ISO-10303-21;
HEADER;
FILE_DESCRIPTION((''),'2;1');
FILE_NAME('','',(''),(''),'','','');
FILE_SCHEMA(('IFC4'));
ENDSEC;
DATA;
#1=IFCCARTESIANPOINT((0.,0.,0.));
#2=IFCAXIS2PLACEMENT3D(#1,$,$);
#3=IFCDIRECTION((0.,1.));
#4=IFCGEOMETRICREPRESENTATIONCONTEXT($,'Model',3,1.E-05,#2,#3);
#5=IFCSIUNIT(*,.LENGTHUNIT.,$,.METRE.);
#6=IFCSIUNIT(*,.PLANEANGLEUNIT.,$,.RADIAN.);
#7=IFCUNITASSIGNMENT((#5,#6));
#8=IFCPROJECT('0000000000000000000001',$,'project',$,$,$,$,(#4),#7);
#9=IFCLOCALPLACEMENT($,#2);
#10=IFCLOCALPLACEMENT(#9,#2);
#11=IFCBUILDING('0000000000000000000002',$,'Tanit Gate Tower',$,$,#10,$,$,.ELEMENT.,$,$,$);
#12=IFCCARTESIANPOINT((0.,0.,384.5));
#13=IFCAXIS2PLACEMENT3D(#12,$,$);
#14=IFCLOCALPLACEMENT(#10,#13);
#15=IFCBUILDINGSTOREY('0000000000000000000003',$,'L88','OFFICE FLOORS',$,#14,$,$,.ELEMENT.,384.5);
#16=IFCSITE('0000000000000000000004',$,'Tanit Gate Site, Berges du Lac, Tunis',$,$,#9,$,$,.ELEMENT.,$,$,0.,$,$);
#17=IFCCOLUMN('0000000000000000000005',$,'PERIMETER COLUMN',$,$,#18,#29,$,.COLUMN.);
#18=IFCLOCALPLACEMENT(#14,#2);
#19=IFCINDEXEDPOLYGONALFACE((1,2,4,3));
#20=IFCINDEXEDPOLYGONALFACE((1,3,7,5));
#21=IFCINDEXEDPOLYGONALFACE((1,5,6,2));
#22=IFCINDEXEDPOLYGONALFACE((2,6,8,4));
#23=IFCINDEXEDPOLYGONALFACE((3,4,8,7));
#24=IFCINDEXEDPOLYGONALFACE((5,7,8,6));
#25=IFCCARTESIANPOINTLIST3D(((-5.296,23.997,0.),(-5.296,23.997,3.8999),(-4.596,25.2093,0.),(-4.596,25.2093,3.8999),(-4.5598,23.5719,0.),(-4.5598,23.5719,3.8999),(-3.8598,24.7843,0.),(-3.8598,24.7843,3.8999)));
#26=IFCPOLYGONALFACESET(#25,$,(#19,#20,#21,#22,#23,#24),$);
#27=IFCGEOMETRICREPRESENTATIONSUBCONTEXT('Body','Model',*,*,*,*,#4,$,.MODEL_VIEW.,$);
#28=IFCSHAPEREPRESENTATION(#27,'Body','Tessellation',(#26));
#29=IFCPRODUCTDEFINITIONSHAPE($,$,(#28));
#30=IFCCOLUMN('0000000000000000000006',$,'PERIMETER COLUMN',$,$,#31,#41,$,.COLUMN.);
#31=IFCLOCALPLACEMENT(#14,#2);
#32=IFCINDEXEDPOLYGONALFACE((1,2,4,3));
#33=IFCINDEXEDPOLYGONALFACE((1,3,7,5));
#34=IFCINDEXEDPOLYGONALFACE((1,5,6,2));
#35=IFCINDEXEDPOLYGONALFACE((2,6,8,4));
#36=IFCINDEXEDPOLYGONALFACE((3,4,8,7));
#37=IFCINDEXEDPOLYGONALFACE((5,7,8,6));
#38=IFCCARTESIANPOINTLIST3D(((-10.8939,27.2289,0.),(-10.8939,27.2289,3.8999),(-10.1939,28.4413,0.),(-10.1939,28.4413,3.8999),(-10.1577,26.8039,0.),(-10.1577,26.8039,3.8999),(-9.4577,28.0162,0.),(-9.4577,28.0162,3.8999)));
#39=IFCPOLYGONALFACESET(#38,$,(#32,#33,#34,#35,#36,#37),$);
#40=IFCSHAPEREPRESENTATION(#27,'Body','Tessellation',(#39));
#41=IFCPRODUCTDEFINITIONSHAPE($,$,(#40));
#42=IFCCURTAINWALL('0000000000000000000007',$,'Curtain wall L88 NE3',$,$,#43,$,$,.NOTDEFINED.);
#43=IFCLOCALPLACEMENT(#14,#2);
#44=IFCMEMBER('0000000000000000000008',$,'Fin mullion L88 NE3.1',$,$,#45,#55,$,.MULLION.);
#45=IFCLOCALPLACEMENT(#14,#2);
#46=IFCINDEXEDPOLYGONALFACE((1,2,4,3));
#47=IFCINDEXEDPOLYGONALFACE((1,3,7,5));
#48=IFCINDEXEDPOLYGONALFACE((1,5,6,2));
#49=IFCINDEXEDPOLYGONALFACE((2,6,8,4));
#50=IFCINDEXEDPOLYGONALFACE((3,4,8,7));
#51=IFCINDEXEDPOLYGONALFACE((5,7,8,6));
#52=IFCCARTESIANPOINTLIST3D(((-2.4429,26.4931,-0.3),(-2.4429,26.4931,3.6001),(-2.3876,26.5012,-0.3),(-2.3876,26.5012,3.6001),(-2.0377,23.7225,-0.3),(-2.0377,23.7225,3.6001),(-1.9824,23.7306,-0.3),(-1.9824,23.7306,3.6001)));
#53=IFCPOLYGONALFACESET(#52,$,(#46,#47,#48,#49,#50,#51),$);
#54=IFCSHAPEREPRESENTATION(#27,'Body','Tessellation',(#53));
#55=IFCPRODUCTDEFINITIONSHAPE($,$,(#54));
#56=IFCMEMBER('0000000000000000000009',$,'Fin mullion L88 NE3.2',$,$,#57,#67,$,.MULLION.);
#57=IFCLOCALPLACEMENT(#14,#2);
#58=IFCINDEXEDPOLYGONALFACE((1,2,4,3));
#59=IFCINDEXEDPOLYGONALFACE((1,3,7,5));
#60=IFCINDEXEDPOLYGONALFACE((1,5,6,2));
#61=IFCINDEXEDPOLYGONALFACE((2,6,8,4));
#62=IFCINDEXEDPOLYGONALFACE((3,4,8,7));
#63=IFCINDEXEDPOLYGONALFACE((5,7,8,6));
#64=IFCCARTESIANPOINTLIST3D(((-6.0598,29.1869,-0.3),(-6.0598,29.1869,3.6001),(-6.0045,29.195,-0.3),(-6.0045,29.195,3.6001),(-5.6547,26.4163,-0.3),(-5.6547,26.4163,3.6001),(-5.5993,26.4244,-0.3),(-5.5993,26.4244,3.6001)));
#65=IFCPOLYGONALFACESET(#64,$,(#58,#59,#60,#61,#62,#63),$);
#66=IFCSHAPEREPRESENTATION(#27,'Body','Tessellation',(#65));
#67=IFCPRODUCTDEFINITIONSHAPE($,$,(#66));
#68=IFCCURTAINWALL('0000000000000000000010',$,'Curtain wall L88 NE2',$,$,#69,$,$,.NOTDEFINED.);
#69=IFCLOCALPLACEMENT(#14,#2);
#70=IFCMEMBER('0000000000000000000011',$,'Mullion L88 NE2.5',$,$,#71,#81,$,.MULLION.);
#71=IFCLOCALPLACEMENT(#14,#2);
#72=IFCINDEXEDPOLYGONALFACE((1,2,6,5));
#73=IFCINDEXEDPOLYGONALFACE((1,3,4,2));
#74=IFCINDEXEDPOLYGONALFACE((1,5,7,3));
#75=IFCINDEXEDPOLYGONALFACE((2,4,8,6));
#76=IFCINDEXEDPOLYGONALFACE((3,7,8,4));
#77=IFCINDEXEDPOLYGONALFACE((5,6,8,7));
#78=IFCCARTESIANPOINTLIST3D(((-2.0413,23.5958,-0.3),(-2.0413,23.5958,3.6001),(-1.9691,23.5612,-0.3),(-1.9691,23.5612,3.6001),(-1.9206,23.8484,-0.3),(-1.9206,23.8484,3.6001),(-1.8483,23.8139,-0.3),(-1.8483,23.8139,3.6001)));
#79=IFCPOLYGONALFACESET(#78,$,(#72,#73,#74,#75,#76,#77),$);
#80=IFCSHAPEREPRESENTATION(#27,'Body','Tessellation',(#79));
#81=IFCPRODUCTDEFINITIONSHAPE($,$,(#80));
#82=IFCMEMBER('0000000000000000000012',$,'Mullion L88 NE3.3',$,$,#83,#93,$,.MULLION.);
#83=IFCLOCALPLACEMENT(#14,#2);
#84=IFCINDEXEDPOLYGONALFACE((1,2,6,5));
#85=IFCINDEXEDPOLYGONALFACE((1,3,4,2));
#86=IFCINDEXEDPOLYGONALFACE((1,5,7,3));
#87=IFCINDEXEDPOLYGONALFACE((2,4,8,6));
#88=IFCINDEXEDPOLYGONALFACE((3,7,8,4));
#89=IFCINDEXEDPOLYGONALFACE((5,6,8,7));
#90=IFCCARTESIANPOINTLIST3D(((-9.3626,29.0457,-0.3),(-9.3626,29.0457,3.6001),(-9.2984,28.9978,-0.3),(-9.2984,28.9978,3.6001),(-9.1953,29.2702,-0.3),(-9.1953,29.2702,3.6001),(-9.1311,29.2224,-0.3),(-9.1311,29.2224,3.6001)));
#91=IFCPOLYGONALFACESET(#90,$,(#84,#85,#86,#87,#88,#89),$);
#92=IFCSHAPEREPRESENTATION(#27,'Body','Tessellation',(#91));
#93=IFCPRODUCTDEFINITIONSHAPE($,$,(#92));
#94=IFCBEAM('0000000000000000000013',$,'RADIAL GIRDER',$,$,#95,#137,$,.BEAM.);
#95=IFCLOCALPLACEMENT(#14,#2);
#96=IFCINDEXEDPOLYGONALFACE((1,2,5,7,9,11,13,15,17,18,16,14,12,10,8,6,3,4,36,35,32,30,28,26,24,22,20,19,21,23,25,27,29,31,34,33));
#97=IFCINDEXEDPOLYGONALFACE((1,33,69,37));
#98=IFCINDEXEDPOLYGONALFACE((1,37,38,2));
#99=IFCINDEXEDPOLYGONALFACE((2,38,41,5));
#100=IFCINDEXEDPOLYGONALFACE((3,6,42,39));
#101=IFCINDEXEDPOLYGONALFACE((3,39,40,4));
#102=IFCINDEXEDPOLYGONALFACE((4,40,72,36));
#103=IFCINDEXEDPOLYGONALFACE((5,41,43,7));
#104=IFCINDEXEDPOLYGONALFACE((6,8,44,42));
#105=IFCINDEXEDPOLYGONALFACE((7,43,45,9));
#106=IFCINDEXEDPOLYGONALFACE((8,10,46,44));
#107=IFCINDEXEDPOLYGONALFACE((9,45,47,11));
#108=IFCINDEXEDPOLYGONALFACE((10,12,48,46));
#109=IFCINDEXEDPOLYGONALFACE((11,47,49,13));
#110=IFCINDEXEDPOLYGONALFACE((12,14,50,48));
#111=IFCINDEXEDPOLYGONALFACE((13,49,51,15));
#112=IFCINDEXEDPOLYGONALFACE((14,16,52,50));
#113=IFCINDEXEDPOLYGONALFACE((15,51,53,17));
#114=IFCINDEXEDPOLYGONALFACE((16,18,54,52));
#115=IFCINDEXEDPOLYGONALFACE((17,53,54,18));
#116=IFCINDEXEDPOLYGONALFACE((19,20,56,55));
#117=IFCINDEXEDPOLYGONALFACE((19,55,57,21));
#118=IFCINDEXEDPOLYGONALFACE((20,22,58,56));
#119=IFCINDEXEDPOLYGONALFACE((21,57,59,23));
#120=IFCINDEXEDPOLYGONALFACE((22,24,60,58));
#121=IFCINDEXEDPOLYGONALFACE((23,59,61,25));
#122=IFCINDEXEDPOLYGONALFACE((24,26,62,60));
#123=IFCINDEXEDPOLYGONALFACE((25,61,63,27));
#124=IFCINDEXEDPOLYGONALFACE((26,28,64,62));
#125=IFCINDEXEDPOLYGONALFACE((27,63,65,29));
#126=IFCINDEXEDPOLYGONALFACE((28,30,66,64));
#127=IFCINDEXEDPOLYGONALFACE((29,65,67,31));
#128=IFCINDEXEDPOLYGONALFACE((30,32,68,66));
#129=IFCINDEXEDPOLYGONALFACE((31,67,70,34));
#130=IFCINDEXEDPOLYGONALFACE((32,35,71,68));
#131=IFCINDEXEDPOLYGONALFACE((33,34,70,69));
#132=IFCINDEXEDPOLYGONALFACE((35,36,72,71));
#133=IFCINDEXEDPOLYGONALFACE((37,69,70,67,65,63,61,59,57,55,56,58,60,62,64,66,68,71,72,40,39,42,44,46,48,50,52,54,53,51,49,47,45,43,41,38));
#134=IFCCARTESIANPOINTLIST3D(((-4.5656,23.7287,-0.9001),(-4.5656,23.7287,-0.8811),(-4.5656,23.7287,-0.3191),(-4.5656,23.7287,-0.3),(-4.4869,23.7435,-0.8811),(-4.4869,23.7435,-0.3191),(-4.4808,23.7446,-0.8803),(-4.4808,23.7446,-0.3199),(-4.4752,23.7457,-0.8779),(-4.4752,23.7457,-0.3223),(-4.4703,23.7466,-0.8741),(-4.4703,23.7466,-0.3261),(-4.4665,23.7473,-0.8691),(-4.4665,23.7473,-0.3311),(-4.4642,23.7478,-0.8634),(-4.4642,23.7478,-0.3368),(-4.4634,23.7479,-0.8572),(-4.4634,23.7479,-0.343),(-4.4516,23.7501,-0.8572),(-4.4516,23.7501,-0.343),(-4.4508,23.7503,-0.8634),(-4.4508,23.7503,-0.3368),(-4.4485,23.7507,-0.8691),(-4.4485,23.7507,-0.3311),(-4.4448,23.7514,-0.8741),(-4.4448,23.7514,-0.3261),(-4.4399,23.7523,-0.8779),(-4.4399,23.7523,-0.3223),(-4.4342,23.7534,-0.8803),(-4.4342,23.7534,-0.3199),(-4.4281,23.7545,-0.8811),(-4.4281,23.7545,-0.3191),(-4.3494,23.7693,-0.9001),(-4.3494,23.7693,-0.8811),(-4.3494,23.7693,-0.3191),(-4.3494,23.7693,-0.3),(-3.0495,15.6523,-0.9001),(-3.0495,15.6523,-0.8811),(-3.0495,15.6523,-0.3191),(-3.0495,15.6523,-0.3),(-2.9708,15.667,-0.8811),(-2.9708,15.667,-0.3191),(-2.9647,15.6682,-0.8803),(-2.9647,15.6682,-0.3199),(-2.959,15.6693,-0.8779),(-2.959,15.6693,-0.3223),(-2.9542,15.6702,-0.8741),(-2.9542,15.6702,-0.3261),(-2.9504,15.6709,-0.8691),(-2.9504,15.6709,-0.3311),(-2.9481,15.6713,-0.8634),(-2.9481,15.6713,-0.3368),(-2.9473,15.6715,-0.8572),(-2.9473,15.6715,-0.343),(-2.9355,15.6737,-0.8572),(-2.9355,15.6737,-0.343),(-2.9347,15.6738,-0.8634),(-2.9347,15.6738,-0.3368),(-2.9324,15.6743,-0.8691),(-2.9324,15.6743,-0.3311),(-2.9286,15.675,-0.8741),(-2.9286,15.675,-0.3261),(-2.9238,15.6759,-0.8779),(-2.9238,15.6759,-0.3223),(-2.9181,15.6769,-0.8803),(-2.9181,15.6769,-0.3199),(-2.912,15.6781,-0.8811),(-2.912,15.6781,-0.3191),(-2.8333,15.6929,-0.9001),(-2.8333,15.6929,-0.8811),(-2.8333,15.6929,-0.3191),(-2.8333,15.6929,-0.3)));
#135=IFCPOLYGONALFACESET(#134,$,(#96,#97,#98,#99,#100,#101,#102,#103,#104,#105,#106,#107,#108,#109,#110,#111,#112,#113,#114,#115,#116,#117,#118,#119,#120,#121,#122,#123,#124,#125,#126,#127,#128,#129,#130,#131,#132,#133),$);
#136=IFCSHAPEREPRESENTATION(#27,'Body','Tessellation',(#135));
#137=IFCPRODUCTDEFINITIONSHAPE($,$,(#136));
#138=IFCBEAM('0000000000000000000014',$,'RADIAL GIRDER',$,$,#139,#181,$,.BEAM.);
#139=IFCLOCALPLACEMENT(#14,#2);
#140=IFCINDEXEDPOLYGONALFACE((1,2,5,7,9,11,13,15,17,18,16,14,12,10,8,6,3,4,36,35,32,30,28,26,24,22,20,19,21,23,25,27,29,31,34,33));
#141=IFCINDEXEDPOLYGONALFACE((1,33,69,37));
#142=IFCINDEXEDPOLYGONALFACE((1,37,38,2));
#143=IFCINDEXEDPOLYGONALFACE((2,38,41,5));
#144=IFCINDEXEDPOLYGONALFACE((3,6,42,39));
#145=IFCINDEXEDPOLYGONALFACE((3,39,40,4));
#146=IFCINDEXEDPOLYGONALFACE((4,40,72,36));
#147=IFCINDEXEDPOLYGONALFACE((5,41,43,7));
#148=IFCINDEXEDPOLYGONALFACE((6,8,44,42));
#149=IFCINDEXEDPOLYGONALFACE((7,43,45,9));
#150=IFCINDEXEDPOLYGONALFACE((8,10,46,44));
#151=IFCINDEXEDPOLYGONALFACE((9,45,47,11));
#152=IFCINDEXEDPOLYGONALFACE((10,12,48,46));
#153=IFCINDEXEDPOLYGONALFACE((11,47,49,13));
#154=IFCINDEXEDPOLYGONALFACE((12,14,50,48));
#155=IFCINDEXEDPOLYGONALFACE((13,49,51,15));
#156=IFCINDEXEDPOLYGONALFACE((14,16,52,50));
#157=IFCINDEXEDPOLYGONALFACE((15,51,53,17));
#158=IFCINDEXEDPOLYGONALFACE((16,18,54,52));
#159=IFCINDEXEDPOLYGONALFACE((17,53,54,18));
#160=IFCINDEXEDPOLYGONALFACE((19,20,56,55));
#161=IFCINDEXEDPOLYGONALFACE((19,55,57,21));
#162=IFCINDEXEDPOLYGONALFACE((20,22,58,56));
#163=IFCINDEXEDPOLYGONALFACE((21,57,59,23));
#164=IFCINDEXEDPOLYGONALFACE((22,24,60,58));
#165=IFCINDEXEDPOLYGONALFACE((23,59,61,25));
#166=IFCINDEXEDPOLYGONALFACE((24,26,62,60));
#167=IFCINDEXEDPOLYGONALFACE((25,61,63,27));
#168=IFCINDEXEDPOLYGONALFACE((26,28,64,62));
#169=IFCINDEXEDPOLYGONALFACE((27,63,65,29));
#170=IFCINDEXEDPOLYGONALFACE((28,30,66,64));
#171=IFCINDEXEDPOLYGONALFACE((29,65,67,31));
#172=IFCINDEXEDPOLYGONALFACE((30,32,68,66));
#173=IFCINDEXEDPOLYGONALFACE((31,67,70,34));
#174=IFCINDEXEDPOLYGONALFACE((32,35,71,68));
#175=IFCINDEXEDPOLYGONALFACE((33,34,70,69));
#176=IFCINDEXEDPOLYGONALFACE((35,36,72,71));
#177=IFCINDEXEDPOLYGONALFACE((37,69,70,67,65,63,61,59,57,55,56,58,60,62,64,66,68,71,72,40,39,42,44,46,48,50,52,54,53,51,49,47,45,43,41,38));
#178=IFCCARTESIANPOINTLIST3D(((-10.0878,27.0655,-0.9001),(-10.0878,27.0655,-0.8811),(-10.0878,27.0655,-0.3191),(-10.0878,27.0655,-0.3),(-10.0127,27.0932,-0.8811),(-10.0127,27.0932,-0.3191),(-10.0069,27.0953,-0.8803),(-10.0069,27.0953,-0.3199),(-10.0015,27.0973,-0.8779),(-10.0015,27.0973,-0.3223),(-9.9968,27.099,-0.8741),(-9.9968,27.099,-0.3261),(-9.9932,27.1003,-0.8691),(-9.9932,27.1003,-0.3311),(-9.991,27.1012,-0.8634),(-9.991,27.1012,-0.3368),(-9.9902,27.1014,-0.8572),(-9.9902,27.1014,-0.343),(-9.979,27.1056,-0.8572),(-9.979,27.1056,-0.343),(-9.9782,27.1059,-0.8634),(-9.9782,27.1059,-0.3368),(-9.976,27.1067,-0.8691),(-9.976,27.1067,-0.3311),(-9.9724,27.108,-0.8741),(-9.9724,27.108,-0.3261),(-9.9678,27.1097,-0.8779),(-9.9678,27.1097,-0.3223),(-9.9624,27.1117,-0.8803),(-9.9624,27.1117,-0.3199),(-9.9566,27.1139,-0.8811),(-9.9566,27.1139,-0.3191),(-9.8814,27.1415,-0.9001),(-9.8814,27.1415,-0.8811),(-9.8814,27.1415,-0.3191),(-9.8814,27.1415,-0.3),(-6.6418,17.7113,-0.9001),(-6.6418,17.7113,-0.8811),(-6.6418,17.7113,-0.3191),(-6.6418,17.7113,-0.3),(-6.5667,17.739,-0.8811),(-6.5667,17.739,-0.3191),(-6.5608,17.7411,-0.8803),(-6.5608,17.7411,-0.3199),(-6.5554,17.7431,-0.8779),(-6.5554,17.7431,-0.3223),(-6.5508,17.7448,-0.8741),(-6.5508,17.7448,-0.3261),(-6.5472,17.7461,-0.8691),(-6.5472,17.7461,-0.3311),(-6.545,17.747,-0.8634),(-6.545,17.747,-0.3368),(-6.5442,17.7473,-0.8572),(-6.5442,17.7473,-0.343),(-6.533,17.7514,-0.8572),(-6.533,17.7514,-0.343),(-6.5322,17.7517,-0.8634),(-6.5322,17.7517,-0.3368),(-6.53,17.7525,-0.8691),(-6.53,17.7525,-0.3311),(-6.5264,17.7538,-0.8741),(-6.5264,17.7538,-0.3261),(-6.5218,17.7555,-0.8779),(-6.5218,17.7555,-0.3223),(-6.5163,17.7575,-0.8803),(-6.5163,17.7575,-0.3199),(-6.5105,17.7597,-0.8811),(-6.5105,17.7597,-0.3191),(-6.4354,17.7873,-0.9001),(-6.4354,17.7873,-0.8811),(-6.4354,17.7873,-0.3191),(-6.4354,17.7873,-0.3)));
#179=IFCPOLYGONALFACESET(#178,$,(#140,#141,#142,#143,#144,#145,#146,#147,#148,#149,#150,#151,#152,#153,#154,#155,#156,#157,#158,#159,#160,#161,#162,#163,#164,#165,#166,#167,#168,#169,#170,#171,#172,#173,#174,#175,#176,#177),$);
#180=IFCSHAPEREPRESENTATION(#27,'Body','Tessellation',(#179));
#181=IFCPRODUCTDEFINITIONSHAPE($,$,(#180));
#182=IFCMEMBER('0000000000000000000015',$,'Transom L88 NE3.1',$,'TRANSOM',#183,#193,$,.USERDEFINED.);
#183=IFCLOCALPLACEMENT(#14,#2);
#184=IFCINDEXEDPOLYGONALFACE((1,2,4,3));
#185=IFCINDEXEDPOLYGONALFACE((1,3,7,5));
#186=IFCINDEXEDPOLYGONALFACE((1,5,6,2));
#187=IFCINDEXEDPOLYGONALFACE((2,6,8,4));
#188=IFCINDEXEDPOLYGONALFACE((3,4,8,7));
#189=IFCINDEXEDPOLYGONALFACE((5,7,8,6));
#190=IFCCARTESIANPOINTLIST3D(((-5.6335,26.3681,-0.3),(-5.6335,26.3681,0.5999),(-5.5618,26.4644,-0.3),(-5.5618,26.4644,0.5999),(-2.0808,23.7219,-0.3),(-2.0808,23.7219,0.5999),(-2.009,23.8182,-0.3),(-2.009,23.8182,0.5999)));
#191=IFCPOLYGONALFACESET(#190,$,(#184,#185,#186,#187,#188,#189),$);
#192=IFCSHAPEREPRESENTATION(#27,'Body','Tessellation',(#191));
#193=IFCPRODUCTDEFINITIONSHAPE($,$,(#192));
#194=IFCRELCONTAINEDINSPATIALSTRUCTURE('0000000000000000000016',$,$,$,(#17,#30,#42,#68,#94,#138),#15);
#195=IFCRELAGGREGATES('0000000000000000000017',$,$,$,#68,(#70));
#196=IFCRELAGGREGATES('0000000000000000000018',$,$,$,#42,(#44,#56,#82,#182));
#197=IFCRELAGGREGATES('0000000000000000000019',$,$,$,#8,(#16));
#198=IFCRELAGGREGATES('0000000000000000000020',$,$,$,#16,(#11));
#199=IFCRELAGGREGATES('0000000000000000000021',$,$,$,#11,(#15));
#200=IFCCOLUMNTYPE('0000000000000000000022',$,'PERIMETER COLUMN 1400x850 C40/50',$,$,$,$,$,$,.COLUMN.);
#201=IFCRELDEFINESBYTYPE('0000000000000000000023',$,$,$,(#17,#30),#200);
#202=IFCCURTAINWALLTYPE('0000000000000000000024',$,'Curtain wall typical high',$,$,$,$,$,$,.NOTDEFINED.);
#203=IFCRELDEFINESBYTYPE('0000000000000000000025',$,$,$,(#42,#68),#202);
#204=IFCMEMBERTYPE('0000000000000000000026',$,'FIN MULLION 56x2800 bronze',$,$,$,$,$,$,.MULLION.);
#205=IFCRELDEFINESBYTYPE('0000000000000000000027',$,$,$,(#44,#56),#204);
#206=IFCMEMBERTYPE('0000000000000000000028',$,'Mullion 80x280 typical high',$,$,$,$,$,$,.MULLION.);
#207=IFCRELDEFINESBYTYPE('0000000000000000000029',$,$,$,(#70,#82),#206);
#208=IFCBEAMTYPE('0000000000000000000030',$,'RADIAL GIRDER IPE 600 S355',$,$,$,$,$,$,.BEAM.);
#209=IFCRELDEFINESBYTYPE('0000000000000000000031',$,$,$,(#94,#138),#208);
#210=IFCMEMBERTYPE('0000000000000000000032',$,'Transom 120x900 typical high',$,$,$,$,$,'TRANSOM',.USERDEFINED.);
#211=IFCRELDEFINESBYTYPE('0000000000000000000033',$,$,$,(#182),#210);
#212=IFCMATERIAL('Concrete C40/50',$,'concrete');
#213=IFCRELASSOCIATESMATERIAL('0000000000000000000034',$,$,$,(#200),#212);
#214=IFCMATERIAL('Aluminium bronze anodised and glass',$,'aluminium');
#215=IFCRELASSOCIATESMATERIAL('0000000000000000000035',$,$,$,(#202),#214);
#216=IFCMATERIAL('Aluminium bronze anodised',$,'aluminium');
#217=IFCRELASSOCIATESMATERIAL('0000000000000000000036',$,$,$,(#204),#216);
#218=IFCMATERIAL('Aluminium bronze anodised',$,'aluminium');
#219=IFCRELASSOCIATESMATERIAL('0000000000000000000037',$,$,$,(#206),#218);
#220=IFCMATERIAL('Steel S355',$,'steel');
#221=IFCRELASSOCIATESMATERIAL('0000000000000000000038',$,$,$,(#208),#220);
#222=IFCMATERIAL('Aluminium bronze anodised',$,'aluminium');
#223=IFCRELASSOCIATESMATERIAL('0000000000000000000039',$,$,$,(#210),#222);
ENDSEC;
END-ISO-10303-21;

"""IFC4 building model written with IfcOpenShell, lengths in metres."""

from ifc_helpers import new_model, si_unit, direction, frame, origin, origin_2d, place, context, subcontext, project, spatial, rectangle, i_section, extrude, material, material_profile, profile_set, type_object, element, aggregate, save


model = new_model("IFC4")

# Units and contexts
model_context = context("Model", 3, precision=1e-05, world=origin(), true_north=direction((0.0, 1.0)))
body_context = subcontext(model_context, "Body", "Model", "MODEL_VIEW")
ifc_project = project(units=[si_unit("LENGTHUNIT", "METRE"), si_unit("PLANEANGLEUNIT", "RADIAN")], contexts=[model_context])

# Site, building, storey
site_placement = place(None, origin())
site = spatial("IfcSite", under=ifc_project, at=site_placement, Name="Tanit Gate Site, Berges du Lac, Tunis", CompositionType="ELEMENT", RefElevation=0.0)
building_placement = place(site_placement, origin())
building = spatial("IfcBuilding", under=site, at=building_placement, Name="Tanit Gate Tower", CompositionType="ELEMENT")
storey_placement = place(building_placement, frame((0.0, 0.0, 384.5)))
storey = spatial("IfcBuildingStorey", under=building, at=storey_placement, Name="L88", Description="OFFICE FLOORS", CompositionType="ELEMENT", Elevation=384.5)

# Columns
ifc_material_1 = material(Name="Concrete C40/50", Category="concrete")
ifc_material_profile_1 = material_profile(ifc_material_1, rectangle(XDim=1.3999, YDim=0.8501, at=origin_2d()), Name="RC 1400x850")
ifc_profile_set_1 = profile_set([ifc_material_profile_1], Name="Concrete C40/50")
column_type = type_object("IfcColumnType", Name="PERIMETER COLUMN 1400x850 C40/50", PredefinedType="COLUMN", material=ifc_profile_set_1)
for number, where, z_axis, x_axis, name in (
    (1, (-4.5779, 24.3906, 0.0), (0.0, 0.0, 1.0), (0.5, 0.866025, 0.0), "PERIMETER COLUMN"),
    (2, (-10.1758, 27.6226, 0.0), (0.0, 0.0, 1.0), (0.5, 0.866025, 0.0), "PERIMETER COLUMN"),
):
    element("IfcColumn", number, at=place(storey_placement, frame(where, z_axis=z_axis, x_axis=x_axis)), inside=storey, type_object=column_type, Name=name, PredefinedType="COLUMN", context=body_context, shape_type="SweptSolid", body=[
        extrude(rectangle(XDim=1.3999, YDim=0.8501, at=origin_2d()), origin(), (0.0, 0.0, 1.0), 3.8999),
    ])

# Curtain wall, members
ifc_material_2 = material(Name="Aluminium bronze anodised and glass", Category="aluminium")
curtain_wall_type = type_object("IfcCurtainWallType", Name="Curtain wall typical high", PredefinedType="NOTDEFINED", material=ifc_material_2)
curtain_wall_1_placement = place(storey_placement, origin())
curtain_wall_1 = element("IfcCurtainWall", 3, at=curtain_wall_1_placement, inside=storey, type_object=curtain_wall_type, Name="Curtain wall L88 NE3", PredefinedType="NOTDEFINED")
ifc_material_3 = material(Name="Aluminium bronze anodised", Category="aluminium")
ifc_material_profile_2 = material_profile(ifc_material_3, rectangle(XDim=2.8, YDim=0.0559, at=origin_2d()), Name="56x2800 bronze fin mullion")
ifc_profile_set_2 = profile_set([ifc_material_profile_2], Name="Aluminium bronze anodised")
member_type_1 = type_object("IfcMemberType", Name="FIN MULLION 56x2800 bronze", PredefinedType="MULLION", material=ifc_profile_set_2)
member_1_placement = place(storey_placement, frame((-2.2126, 25.1118, -0.3), z_axis=(0.0, 0.0, 1.0), x_axis=(0.144707, -0.989474, 0.0)))
member_1 = element("IfcMember", 4, at=member_1_placement, type_object=member_type_1, Name="Fin mullion L88 NE3.1", PredefinedType="MULLION", context=body_context, shape_type="SweptSolid", body=[
    extrude(rectangle(XDim=2.8, YDim=0.0559, at=origin_2d()), origin(), (0.0, 0.0, 1.0), 3.9001),
])
member_2_placement = place(storey_placement, frame((-5.8296, 27.8057, -0.3), z_axis=(0.0, 0.0, 1.0), x_axis=(0.144707, -0.989474, 0.0)))
member_2 = element("IfcMember", 5, at=member_2_placement, type_object=member_type_1, Name="Fin mullion L88 NE3.2", PredefinedType="MULLION", context=body_context, shape_type="SweptSolid", body=[
    extrude(rectangle(XDim=2.8, YDim=0.0559, at=origin_2d()), origin(), (0.0, 0.0, 1.0), 3.9001),
])

# Curtain wall, member
curtain_wall_2_placement = place(storey_placement, origin())
curtain_wall_2 = element("IfcCurtainWall", 6, at=curtain_wall_2_placement, inside=storey, type_object=curtain_wall_type, Name="Curtain wall L88 NE2", PredefinedType="NOTDEFINED")
ifc_material_4 = material(Name="Aluminium bronze anodised", Category="aluminium")
ifc_material_profile_3 = material_profile(ifc_material_4, rectangle(XDim=0.28, YDim=0.0801, at=origin_2d()), Name="80x280 bronze mullion")
ifc_profile_set_3 = profile_set([ifc_material_profile_3], Name="Aluminium bronze anodised")
member_type_2 = type_object("IfcMemberType", Name="Mullion 80x280 typical high", PredefinedType="MULLION", material=ifc_profile_set_3)
member_3_placement = place(storey_placement, frame((-1.9448, 23.7048, -0.3), z_axis=(0.0, 0.0, 1.0), x_axis=(-0.431073, -0.902317, 0.0)))
member_3 = element("IfcMember", 7, at=member_3_placement, type_object=member_type_2, Name="Mullion L88 NE2.5", PredefinedType="MULLION", context=body_context, shape_type="SweptSolid", body=[
    extrude(rectangle(XDim=0.28, YDim=0.0801, at=origin_2d()), origin(), (0.0, 0.0, 1.0), 3.9001),
])
aggregate(curtain_wall_2, [member_3])

# Member
member_4_placement = place(storey_placement, frame((-9.2468, 29.134, -0.3), z_axis=(0.0, 0.0, 1.0), x_axis=(-0.597341, -0.801988, 0.0)))
member_4 = element("IfcMember", 8, at=member_4_placement, type_object=member_type_2, Name="Mullion L88 NE3.3", PredefinedType="MULLION", context=body_context, shape_type="SweptSolid", body=[
    extrude(rectangle(XDim=0.28, YDim=0.0801, at=origin_2d()), origin(), (0.0, 0.0, 1.0), 3.9001),
])

# Beams
ifc_material_5 = material(Name="Steel S355", Category="steel")
ifc_material_profile_4 = material_profile(ifc_material_5, i_section(OverallWidth=0.22, OverallDepth=0.6001, WebThickness=0.012, FlangeThickness=0.019, FilletRadius=0.0239, at=origin_2d()), Name="IPE 600")
ifc_profile_set_4 = profile_set([ifc_material_profile_4], Name="Steel S355")
beam_type = type_object("IfcBeamType", Name="RADIAL GIRDER IPE 600 S355", PredefinedType="BEAM", material=ifc_profile_set_4)
beam_1_placement = place(storey_placement, frame((-4.4575, 23.749, -0.6001), z_axis=(0.184498, -0.982833, 0.0), x_axis=(0.982833, 0.184498, 0.0)))
element("IfcBeam", 9, at=beam_1_placement, inside=storey, type_object=beam_type, Name="RADIAL GIRDER", PredefinedType="BEAM", context=body_context, shape_type="SweptSolid", body=[
    extrude(i_section(OverallWidth=0.22, OverallDepth=0.6001, WebThickness=0.012, FlangeThickness=0.019, FilletRadius=0.0239, at=origin_2d()), origin(), (0.0, 0.0, 1.0), 8.2175),
])
beam_2_placement = place(storey_placement, frame((-9.9846, 27.1035, -0.6001), z_axis=(0.345683, -0.938351, 0.0), x_axis=(0.938351, 0.345683, 0.0)))
element("IfcBeam", 10, at=beam_2_placement, inside=storey, type_object=beam_type, Name="RADIAL GIRDER", PredefinedType="BEAM", context=body_context, shape_type="SweptSolid", body=[
    extrude(i_section(OverallWidth=0.22, OverallDepth=0.6001, WebThickness=0.012, FlangeThickness=0.019, FilletRadius=0.0239, at=origin_2d()), origin(), (0.0, 0.0, 1.0), 9.9688),
])

# Member
ifc_material_6 = material(Name="Aluminium bronze anodised", Category="aluminium")
ifc_material_profile_5 = material_profile(ifc_material_6, rectangle(XDim=0.1201, YDim=0.8999, at=origin_2d()), Name="120x900 bronze transom")
ifc_profile_set_5 = profile_set([ifc_material_profile_5], Name="Aluminium bronze anodised")
member_type_3 = type_object("IfcMemberType", Name="Transom 120x900 typical high", ElementType="TRANSOM", PredefinedType="USERDEFINED", material=ifc_profile_set_5)
member_5_placement = place(storey_placement, frame((-2.0449, 23.77, 0.1499), z_axis=(-0.80198, 0.597351, 0.0), x_axis=(-0.597351, -0.80198, 0.0)))
member_5 = element("IfcMember", 11, at=member_5_placement, type_object=member_type_3, Name="Transom L88 NE3.1", ObjectType="TRANSOM", PredefinedType="USERDEFINED", context=body_context, shape_type="SweptSolid", body=[
    extrude(rectangle(XDim=0.1201, YDim=0.8999, at=origin_2d()), origin(), (0.0, 0.0, 1.0), 4.4299),
])

aggregate(curtain_wall_1, [member_1, member_2, member_4, member_5])

save(model, "model.ifc")
